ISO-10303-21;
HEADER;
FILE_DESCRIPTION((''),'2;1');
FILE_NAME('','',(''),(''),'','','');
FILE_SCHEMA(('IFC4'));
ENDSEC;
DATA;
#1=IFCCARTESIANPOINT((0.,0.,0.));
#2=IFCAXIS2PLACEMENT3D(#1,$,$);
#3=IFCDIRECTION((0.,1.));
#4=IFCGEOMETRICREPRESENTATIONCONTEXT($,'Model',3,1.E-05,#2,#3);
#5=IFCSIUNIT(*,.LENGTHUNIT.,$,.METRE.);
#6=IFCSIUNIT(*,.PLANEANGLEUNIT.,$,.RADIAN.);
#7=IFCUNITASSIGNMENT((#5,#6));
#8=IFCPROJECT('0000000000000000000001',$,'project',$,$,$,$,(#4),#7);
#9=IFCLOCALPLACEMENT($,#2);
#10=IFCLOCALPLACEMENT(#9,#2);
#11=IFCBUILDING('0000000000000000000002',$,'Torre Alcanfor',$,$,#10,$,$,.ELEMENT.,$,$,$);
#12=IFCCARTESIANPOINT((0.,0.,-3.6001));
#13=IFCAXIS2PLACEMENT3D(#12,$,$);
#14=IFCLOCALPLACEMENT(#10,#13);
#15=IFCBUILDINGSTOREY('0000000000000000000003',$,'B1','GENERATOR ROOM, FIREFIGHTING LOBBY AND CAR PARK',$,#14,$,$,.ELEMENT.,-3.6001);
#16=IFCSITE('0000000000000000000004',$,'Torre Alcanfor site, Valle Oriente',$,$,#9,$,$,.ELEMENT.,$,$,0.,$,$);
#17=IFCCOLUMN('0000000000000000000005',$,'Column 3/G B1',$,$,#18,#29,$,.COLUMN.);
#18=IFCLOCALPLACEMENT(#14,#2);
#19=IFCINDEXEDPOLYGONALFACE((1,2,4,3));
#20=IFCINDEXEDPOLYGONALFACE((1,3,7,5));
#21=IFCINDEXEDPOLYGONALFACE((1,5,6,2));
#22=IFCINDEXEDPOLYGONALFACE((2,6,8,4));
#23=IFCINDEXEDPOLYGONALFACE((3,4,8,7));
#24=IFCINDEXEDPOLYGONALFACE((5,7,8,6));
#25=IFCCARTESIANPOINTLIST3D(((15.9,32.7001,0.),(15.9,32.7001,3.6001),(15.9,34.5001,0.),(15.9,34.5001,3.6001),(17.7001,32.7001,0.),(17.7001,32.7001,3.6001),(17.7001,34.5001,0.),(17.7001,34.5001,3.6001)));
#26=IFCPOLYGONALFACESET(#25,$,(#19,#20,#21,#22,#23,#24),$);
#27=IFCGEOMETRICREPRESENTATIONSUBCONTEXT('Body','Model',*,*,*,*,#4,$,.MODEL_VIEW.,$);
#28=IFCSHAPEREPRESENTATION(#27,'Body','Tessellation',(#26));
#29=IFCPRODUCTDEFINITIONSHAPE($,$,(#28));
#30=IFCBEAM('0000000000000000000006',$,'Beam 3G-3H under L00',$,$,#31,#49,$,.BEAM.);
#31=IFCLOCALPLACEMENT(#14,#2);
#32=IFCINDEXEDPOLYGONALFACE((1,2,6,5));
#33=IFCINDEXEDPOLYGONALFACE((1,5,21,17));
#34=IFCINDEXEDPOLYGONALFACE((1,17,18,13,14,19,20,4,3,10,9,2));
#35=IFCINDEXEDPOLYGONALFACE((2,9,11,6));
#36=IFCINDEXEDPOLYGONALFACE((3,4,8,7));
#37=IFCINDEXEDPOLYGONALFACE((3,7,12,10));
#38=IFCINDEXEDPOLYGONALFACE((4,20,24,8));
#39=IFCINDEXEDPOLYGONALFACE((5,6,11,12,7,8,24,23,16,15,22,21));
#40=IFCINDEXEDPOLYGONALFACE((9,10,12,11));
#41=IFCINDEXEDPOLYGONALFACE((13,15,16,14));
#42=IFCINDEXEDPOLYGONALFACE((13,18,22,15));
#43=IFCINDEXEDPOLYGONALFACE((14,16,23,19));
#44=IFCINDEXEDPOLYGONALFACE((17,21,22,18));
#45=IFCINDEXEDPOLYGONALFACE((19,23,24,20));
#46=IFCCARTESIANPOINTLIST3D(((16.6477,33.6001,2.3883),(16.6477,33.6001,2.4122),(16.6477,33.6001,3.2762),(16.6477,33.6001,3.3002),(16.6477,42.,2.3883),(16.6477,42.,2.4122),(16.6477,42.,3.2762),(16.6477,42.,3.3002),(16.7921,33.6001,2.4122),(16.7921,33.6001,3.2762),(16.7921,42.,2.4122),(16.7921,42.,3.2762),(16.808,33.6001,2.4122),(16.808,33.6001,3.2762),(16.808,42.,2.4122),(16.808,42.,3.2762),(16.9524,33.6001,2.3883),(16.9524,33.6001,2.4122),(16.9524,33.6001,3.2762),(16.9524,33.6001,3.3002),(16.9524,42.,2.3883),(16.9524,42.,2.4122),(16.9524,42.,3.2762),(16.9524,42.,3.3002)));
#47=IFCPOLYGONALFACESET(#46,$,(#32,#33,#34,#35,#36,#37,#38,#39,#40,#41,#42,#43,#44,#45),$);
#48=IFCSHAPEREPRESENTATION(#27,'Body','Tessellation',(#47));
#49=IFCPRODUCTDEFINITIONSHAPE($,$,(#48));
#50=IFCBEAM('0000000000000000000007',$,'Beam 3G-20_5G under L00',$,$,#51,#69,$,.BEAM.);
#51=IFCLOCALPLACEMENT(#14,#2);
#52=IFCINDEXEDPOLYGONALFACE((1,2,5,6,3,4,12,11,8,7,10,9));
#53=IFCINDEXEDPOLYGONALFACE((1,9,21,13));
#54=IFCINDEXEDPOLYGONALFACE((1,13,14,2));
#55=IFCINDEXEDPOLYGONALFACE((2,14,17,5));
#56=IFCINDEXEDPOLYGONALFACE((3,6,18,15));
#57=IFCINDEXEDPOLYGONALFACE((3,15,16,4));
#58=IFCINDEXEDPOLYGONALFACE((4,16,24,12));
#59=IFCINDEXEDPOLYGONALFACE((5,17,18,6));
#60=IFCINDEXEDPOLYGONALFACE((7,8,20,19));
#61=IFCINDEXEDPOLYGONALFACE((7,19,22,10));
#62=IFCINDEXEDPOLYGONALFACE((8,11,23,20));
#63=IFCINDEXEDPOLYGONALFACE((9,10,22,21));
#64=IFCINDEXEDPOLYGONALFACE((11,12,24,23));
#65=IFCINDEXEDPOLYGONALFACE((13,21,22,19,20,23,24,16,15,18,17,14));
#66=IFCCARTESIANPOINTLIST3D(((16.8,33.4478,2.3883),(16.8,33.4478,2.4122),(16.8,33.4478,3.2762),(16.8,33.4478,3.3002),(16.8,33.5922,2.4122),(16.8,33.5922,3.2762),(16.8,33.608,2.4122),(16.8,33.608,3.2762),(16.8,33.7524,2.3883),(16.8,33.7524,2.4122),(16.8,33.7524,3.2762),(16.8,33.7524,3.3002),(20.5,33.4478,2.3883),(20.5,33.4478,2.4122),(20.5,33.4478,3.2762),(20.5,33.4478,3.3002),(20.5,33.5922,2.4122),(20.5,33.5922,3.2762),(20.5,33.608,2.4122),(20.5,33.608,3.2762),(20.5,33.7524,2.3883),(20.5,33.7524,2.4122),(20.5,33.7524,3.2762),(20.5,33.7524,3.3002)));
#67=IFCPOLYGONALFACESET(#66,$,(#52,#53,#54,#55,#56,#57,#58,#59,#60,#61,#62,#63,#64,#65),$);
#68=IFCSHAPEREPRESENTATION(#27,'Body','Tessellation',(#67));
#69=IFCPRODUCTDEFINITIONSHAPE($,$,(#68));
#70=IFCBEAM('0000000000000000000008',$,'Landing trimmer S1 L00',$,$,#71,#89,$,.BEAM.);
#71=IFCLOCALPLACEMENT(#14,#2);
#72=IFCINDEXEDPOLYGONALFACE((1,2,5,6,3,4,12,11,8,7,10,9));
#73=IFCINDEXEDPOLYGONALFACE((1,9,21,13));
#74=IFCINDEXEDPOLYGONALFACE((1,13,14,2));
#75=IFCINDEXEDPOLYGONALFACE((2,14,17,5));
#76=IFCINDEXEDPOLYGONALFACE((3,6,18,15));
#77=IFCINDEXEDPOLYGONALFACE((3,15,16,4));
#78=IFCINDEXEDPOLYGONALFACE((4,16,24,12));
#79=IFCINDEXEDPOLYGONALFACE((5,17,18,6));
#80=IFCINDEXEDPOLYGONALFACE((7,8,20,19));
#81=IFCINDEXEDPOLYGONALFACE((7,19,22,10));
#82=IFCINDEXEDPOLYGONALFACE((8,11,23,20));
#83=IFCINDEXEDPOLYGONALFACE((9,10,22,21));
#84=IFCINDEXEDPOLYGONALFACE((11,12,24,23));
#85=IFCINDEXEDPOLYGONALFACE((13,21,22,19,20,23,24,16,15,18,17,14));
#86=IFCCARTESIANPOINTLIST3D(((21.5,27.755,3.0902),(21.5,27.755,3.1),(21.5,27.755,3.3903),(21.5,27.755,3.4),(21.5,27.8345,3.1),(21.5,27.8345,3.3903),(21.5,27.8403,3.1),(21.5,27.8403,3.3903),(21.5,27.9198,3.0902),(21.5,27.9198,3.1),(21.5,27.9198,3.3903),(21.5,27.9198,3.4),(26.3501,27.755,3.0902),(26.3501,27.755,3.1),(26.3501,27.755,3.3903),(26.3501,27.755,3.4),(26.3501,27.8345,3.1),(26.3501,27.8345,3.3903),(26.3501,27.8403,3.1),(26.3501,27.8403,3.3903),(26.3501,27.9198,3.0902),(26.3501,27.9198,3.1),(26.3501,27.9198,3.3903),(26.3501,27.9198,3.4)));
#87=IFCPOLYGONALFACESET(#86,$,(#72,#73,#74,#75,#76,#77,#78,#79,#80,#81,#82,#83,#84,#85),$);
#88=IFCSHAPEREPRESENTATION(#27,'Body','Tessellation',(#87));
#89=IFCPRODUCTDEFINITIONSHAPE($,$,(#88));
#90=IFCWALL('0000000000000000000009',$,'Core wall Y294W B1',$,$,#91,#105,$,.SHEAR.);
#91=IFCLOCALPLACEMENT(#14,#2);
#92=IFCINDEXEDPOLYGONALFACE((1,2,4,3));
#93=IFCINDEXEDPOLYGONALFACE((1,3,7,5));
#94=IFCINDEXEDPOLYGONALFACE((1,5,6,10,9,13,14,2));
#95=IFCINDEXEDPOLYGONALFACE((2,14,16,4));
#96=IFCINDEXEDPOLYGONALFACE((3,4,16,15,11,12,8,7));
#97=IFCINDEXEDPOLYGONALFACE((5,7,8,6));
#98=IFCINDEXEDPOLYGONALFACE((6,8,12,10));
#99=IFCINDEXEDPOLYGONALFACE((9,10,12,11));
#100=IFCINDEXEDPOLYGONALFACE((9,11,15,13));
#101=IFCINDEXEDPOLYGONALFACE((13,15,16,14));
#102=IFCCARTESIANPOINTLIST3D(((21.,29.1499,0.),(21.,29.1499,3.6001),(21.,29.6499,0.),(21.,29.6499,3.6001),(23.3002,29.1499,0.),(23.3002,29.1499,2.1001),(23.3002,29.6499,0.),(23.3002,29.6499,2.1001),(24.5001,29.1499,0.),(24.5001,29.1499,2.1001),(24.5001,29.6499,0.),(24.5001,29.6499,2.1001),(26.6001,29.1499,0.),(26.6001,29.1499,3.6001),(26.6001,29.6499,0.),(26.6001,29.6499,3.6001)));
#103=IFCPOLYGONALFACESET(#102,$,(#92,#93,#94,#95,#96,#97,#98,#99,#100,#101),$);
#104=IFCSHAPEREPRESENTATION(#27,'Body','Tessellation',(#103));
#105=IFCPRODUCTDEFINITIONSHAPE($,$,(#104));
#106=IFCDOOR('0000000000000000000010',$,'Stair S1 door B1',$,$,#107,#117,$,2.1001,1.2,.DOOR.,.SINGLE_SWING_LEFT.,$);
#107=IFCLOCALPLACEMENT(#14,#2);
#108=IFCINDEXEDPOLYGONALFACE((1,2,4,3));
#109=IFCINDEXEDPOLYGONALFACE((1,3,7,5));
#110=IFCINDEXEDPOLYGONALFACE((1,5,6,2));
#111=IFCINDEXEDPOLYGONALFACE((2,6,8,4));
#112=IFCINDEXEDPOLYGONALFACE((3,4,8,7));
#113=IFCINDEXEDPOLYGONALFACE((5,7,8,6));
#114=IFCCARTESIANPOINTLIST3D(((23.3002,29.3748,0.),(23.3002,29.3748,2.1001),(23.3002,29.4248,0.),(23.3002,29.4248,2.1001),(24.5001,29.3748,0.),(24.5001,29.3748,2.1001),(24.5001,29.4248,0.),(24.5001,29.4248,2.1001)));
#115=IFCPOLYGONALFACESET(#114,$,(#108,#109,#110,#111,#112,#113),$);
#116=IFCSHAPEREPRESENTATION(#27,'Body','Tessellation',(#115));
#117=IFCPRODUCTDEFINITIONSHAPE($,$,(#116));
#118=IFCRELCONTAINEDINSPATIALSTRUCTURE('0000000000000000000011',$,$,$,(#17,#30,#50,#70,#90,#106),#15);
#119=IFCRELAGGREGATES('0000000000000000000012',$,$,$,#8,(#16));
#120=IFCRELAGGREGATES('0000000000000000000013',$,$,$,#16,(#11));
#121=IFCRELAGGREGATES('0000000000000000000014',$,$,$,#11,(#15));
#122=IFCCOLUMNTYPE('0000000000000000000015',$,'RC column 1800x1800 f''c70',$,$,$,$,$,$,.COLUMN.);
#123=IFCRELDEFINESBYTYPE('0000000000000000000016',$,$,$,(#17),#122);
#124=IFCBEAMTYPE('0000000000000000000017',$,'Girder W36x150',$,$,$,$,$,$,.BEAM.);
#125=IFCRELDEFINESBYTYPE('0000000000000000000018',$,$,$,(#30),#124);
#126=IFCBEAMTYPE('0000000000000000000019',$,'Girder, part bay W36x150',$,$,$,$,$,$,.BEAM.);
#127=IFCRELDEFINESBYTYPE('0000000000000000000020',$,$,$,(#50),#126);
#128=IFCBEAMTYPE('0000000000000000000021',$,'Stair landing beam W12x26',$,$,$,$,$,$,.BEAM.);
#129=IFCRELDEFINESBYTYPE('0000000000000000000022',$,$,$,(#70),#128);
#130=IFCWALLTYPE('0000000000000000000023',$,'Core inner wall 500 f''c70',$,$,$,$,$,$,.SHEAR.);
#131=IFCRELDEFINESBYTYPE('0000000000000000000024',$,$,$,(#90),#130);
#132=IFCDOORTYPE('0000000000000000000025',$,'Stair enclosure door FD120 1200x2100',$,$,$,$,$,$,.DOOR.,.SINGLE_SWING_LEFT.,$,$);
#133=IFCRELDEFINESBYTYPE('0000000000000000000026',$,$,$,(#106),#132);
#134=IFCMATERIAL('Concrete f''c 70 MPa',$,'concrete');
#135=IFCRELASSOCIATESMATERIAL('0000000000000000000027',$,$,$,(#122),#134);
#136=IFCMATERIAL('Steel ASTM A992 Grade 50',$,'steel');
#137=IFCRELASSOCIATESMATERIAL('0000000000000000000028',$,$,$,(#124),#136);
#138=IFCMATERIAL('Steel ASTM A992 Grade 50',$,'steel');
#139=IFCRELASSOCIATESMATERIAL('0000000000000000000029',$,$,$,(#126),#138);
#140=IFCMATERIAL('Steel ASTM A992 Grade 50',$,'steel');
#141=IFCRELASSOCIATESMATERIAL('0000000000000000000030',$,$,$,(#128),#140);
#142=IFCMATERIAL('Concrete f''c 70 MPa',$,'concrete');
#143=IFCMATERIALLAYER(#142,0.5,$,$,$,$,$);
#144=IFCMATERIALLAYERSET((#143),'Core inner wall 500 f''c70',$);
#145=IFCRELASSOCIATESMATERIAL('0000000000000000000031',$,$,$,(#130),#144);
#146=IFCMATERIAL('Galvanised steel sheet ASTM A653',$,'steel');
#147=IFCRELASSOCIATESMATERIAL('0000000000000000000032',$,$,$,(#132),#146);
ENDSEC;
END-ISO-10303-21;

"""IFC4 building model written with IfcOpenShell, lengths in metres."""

from ifc_helpers import new_model, si_unit, direction, frame, frame_2d, origin, origin_2d, place, context, subcontext, project, spatial, rectangle, i_section, extrude, material, layer, layer_set, material_profile, profile_set, type_object, element, fill, save


model = new_model("IFC4")

# Units and contexts
model_context = context("Model", 3, precision=1e-05, world=origin(), true_north=direction((0.0, 1.0)))
body_context = subcontext(model_context, "Body", "Model", "MODEL_VIEW")
ifc_project = project(units=[si_unit("LENGTHUNIT", "METRE"), si_unit("PLANEANGLEUNIT", "RADIAN")], contexts=[model_context])

# Site, building, storey
site_placement = place(None, origin())
site = spatial("IfcSite", under=ifc_project, at=site_placement, Name="Torre Alcanfor site, Valle Oriente", CompositionType="ELEMENT", RefElevation=0.0)
building_placement = place(site_placement, origin())
building = spatial("IfcBuilding", under=site, at=building_placement, Name="Torre Alcanfor", CompositionType="ELEMENT")
storey_placement = place(building_placement, frame((0.0, 0.0, -3.6001)))
storey = spatial("IfcBuildingStorey", under=building, at=storey_placement, Name="B1", Description="GENERATOR ROOM, FIREFIGHTING LOBBY AND CAR PARK", CompositionType="ELEMENT", Elevation=-3.6001)

# Column
ifc_material_1 = material(Name="Concrete f'c 70 MPa", Category="concrete")
ifc_material_profile_1 = material_profile(ifc_material_1, rectangle(XDim=1.8, YDim=1.8, at=origin_2d()), Name="1800x1800")
ifc_profile_set_1 = profile_set([ifc_material_profile_1], Name="Concrete f'c 70 MPa")
column_type = type_object("IfcColumnType", Name="RC column 1800x1800 f'c70", PredefinedType="COLUMN", material=ifc_profile_set_1)
column_placement = place(storey_placement, frame((16.8, 33.6001, 0.0), z_axis=(0.0, 0.0, 1.0), x_axis=(1.0, 0.0, 0.0)))
element("IfcColumn", 1, at=column_placement, inside=storey, type_object=column_type, Name="Column 3/G B1", PredefinedType="COLUMN", context=body_context, shape_type="SweptSolid", body=[
    extrude(rectangle(XDim=1.8, YDim=1.8, at=origin_2d()), origin(), (0.0, 0.0, 1.0), 3.6001),
])

# Beams
ifc_material_2 = material(Name="Steel ASTM A992 Grade 50", Category="steel")
ifc_material_profile_2 = material_profile(ifc_material_2, i_section(OverallWidth=0.3047, OverallDepth=0.9119, WebThickness=0.0159, FlangeThickness=0.0239, at=origin_2d()), Name="W36x150")
ifc_profile_set_2 = profile_set([ifc_material_profile_2], Name="Steel ASTM A992 Grade 50")
beam_type_1 = type_object("IfcBeamType", Name="Girder W36x150", PredefinedType="BEAM", material=ifc_profile_set_2)
beam_1_placement = place(storey_placement, frame((16.8, 33.6001, 2.8442), z_axis=(0.0, 1.0, 0.0), x_axis=(-1.0, 0.0, 0.0)))
element("IfcBeam", 2, at=beam_1_placement, inside=storey, type_object=beam_type_1, Name="Beam 3G-3H under L00", PredefinedType="BEAM", context=body_context, shape_type="SweptSolid", body=[
    extrude(i_section(OverallWidth=0.3047, OverallDepth=0.9119, WebThickness=0.0159, FlangeThickness=0.0239, at=origin_2d()), origin(), (0.0, 0.0, 1.0), 8.3999),
])
ifc_material_3 = material(Name="Steel ASTM A992 Grade 50", Category="steel")
ifc_material_profile_3 = material_profile(ifc_material_3, i_section(OverallWidth=0.3047, OverallDepth=0.9119, WebThickness=0.0159, FlangeThickness=0.0239, at=origin_2d()), Name="W36x150")
ifc_profile_set_3 = profile_set([ifc_material_profile_3], Name="Steel ASTM A992 Grade 50")
beam_type_2 = type_object("IfcBeamType", Name="Girder, part bay W36x150", PredefinedType="BEAM", material=ifc_profile_set_3)
beam_2_placement = place(storey_placement, frame((16.8, 33.6001, 2.8442), z_axis=(1.0, 0.0, 0.0), x_axis=(0.0, 1.0, 0.0)))
element("IfcBeam", 3, at=beam_2_placement, inside=storey, type_object=beam_type_2, Name="Beam 3G-20_5G under L00", PredefinedType="BEAM", context=body_context, shape_type="SweptSolid", body=[
    extrude(i_section(OverallWidth=0.3047, OverallDepth=0.9119, WebThickness=0.0159, FlangeThickness=0.0239, at=origin_2d()), origin(), (0.0, 0.0, 1.0), 3.7),
])
ifc_material_4 = material(Name="Steel ASTM A992 Grade 50", Category="steel")
ifc_material_profile_4 = material_profile(ifc_material_4, i_section(OverallWidth=0.1648, OverallDepth=0.3098, WebThickness=0.0059, FlangeThickness=0.0098, at=origin_2d()), Name="W12x26")
ifc_profile_set_4 = profile_set([ifc_material_profile_4], Name="Steel ASTM A992 Grade 50")
beam_type_3 = type_object("IfcBeamType", Name="Stair landing beam W12x26", PredefinedType="BEAM", material=ifc_profile_set_4)
beam_3_placement = place(storey_placement, frame((21.5, 27.8374, 3.2451), z_axis=(1.0, 0.0, 0.0), x_axis=(0.0, 1.0, 0.0)))
element("IfcBeam", 4, at=beam_3_placement, inside=storey, type_object=beam_type_3, Name="Landing trimmer S1 L00", PredefinedType="BEAM", context=body_context, shape_type="SweptSolid", body=[
    extrude(i_section(OverallWidth=0.1648, OverallDepth=0.3098, WebThickness=0.0059, FlangeThickness=0.0098, at=origin_2d()), origin(), (0.0, 0.0, 1.0), 4.8501),
])

# Wall, opening, door
ifc_material_5 = material(Name="Concrete f'c 70 MPa", Category="concrete")
ifc_layer_1 = layer(ifc_material_5, 0.5)
ifc_layer_set_1 = layer_set([ifc_layer_1], Name="Core inner wall 500 f'c70")
wall_type_1 = type_object("IfcWallType", Name="Core inner wall 500 f'c70", PredefinedType="SHEAR", material=ifc_layer_set_1)
wall_1_placement = place(storey_placement, frame((21.0, 29.3999, 0.0), z_axis=(0.0, 0.0, 1.0), x_axis=(1.0, 0.0, 0.0)))
wall_1 = element("IfcWall", 5, at=wall_1_placement, inside=storey, type_object=wall_type_1, Name="Core wall Y294W B1", PredefinedType="SHEAR", context=body_context, shape_type="SweptSolid", body=[
    extrude(rectangle(XDim=5.6001, YDim=0.5, at=frame_2d((2.8, 0.0))), origin(), (0.0, 0.0, 1.0), 3.6001),
])
opening_1_placement = place(wall_1_placement, frame((2.3, 0.0, 0.0)))
opening_1 = element("IfcOpeningElement", 6, at=opening_1_placement, cuts=wall_1, PredefinedType="OPENING", context=body_context, shape_type="SweptSolid", body=[
    extrude(rectangle(XDim=1.2, YDim=2.1001, at=frame_2d((0.6001, 1.05))), frame((0.0, 0.26, 0.0), z_axis=(0.0, -1.0, 0.0), x_axis=(1.0, 0.0, 0.0)), (0.0, 0.0, 1.0), 0.52),
])
ifc_material_6 = material(Name="Galvanised steel sheet ASTM A653", Category="steel")
door_type_1 = type_object("IfcDoorType", Name="Stair enclosure door FD120 1200x2100", OperationType="SINGLE_SWING_LEFT", PredefinedType="DOOR", material=ifc_material_6)
door_1_placement = place(opening_1_placement, frame((1.2, 0.0, 0.0), z_axis=(0.0, 0.0, 1.0), x_axis=(-1.0, 0.0, 0.0)))
door_1 = element("IfcDoor", 7, at=door_1_placement, inside=storey, type_object=door_type_1, Name="Stair S1 door B1", OperationType="SINGLE_SWING_LEFT", OverallHeight=2.1001, OverallWidth=1.2, PredefinedType="DOOR", context=body_context, shape_type="SweptSolid", body=[
    extrude(rectangle(XDim=1.2, YDim=2.1001, at=frame_2d((0.5999, 1.05))), frame((0.0, 0.0251, 0.0), z_axis=(0.0, -1.0, 0.0), x_axis=(1.0, 0.0, 0.0)), (0.0, 0.0, 1.0), 0.05),
])
fill(opening_1, door_1)

save(model, "model.ifc")
